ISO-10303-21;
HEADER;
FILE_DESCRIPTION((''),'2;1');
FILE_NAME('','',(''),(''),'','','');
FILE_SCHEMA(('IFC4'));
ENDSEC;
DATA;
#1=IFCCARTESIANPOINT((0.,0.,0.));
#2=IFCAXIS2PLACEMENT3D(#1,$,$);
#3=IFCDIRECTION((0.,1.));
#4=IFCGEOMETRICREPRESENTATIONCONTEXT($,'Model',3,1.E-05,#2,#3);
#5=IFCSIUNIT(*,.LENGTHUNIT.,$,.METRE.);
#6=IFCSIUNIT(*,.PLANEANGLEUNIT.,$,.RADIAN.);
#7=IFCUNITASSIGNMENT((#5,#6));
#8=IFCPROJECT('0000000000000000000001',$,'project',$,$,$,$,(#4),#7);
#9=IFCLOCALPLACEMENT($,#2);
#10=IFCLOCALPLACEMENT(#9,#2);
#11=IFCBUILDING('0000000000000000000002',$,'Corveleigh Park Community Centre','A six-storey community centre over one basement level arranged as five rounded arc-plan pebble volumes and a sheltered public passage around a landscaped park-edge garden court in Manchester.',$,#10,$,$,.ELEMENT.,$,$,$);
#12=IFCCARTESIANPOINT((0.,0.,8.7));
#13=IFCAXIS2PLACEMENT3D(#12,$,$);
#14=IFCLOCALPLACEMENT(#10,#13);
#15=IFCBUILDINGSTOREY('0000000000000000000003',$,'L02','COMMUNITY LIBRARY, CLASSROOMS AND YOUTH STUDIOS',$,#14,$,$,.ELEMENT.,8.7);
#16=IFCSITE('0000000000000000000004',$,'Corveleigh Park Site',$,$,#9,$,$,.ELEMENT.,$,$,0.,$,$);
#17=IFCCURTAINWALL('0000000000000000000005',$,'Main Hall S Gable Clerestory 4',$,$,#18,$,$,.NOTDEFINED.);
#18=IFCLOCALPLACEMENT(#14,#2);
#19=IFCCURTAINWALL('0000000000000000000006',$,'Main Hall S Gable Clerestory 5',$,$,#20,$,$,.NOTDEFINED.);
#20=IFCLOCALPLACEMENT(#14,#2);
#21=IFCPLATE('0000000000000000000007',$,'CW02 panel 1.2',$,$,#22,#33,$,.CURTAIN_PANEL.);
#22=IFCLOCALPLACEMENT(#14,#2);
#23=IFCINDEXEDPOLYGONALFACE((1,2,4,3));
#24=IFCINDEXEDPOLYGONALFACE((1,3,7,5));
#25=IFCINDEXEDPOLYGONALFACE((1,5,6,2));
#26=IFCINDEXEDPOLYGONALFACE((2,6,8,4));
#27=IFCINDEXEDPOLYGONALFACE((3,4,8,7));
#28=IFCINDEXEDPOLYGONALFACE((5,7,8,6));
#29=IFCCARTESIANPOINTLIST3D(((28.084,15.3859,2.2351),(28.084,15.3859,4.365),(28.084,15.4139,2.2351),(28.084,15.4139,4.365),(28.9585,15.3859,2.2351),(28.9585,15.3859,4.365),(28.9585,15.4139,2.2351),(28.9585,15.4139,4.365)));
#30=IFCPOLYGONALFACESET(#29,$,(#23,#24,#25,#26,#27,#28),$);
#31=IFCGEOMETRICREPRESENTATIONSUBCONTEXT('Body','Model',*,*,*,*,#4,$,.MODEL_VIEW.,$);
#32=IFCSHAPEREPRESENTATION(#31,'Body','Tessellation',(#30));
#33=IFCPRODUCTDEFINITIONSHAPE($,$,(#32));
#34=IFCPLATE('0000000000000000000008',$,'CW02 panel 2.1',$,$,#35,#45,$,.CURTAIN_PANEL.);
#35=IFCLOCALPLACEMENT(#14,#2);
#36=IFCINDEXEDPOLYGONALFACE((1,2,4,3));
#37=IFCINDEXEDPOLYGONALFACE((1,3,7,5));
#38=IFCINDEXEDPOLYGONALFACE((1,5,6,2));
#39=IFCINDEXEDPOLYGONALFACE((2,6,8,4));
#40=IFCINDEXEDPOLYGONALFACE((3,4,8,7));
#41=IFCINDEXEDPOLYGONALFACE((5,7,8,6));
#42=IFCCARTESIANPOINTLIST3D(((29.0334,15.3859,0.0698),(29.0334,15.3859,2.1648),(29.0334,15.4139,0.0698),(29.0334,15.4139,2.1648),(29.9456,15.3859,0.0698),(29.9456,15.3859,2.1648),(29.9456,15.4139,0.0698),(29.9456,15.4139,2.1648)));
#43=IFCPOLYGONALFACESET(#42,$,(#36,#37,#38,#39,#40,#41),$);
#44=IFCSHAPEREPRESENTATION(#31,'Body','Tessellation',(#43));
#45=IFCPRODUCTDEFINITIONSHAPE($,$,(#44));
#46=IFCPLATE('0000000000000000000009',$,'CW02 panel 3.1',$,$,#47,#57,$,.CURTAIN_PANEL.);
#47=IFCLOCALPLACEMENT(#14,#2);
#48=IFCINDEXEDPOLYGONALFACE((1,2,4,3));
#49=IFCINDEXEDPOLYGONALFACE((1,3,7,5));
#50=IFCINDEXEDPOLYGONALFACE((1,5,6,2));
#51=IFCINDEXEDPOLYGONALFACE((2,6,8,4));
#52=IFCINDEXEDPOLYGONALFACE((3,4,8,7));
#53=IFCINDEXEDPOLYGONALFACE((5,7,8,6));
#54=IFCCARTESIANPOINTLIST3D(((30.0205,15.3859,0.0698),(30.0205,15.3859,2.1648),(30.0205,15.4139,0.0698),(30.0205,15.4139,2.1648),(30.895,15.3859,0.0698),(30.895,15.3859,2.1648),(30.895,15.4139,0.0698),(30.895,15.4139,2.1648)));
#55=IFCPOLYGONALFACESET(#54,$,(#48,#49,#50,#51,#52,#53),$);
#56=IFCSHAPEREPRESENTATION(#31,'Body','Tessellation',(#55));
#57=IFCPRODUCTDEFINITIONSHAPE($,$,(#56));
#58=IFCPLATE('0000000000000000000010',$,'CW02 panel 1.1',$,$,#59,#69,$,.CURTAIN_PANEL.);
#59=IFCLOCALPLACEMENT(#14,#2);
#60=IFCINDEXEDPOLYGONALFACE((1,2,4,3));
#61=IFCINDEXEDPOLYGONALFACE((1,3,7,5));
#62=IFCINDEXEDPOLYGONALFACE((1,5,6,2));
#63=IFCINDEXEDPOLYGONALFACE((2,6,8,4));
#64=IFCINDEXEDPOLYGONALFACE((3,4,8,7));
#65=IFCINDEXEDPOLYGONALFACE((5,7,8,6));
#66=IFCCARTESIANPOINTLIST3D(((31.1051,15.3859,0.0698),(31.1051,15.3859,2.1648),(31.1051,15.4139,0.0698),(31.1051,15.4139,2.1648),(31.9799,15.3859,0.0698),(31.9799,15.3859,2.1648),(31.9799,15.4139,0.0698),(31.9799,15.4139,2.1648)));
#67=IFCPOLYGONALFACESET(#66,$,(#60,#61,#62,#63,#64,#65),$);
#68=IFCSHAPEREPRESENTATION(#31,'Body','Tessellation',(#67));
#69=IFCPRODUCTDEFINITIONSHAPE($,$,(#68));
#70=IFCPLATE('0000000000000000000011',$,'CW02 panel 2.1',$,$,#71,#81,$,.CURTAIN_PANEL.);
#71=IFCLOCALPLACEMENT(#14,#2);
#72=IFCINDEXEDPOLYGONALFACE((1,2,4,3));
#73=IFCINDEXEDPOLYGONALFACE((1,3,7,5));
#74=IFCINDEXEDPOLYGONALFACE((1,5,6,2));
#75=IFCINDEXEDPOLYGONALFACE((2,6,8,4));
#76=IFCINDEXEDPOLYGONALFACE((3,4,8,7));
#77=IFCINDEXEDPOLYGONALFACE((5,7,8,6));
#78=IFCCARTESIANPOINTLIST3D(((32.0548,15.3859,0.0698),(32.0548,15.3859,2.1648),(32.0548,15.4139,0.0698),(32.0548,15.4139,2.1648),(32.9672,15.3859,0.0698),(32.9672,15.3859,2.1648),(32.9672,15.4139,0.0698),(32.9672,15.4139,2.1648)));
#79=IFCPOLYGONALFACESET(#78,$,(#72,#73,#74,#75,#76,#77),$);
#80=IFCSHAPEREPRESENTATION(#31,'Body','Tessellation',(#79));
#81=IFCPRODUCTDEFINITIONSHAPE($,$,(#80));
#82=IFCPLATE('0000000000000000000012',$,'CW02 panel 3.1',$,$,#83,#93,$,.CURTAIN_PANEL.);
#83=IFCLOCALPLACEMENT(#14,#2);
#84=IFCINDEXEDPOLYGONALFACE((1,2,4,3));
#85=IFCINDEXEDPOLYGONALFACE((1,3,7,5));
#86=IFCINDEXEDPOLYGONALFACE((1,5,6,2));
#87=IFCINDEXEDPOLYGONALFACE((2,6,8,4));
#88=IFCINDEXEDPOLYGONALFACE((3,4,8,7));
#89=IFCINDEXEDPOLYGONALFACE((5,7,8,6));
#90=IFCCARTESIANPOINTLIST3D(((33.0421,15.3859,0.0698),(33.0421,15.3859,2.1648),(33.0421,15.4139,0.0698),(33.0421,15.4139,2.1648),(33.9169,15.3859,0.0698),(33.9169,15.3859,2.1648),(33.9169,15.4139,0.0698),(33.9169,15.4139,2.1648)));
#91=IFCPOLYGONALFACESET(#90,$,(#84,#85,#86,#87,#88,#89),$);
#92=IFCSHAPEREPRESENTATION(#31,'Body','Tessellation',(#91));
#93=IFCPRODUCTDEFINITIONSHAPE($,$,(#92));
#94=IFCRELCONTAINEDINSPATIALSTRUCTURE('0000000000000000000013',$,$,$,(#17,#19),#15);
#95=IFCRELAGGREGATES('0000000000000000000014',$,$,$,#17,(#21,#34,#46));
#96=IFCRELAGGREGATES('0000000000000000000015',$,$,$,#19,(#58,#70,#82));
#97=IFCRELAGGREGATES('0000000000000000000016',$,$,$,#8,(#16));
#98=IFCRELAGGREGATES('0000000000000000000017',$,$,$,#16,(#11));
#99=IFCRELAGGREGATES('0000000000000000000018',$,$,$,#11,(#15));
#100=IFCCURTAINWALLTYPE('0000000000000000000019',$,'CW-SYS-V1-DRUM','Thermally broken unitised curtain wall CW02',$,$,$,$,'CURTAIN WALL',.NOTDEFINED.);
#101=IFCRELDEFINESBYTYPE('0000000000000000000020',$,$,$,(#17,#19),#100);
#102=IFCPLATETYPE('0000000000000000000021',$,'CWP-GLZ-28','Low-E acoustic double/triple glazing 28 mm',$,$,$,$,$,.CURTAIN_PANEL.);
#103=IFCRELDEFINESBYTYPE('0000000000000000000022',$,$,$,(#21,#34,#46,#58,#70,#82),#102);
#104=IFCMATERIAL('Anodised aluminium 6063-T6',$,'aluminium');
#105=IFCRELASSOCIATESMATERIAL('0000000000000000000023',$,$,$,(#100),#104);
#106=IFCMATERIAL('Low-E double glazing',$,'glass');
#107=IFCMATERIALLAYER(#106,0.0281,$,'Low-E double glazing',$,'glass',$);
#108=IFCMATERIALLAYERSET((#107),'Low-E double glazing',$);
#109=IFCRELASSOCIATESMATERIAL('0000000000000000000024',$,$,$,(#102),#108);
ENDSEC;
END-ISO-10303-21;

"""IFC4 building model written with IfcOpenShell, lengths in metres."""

from ifc_helpers import new_model, si_unit, direction, frame, origin, origin_2d, place, context, subcontext, project, spatial, rectangle, extrude, material, layer, layer_set, type_object, element, aggregate, save


model = new_model("IFC4")

# Units and contexts
model_context = context("Model", 3, precision=1e-05, world=origin(), true_north=direction((0.0, 1.0)))
body_context = subcontext(model_context, "Body", "Model", "MODEL_VIEW")
ifc_project = project(units=[si_unit("LENGTHUNIT", "METRE"), si_unit("PLANEANGLEUNIT", "RADIAN")], contexts=[model_context])

# Site, building, storey
site_placement = place(None, origin())
site = spatial("IfcSite", under=ifc_project, at=site_placement, Name="Corveleigh Park Site", CompositionType="ELEMENT", RefElevation=0.0)
building_placement = place(site_placement, origin())
building = spatial("IfcBuilding", under=site, at=building_placement, Name="Corveleigh Park Community Centre", Description="A six-storey community centre over one basement level arranged as five rounded arc-plan pebble volumes and a sheltered public passage around a landscaped park-edge garden court in Manchester.", CompositionType="ELEMENT")
storey_placement = place(building_placement, frame((0.0, 0.0, 8.7)))
storey = spatial("IfcBuildingStorey", under=building, at=storey_placement, Name="L02", Description="COMMUNITY LIBRARY, CLASSROOMS AND YOUTH STUDIOS", CompositionType="ELEMENT", Elevation=8.7)

# Curtain walls
ifc_material_1 = material(Name="Anodised aluminium 6063-T6", Category="aluminium")
curtain_wall_type = type_object("IfcCurtainWallType", Name="CW-SYS-V1-DRUM", Description="Thermally broken unitised curtain wall CW02", ElementType="CURTAIN WALL", PredefinedType="NOTDEFINED", material=ifc_material_1)
curtain_wall_1_placement = place(storey_placement, origin())
curtain_wall_1 = element("IfcCurtainWall", 1, at=curtain_wall_1_placement, inside=storey, type_object=curtain_wall_type, Name="Main Hall S Gable Clerestory 4", PredefinedType="NOTDEFINED")
curtain_wall_2_placement = place(storey_placement, origin())
curtain_wall_2 = element("IfcCurtainWall", 2, at=curtain_wall_2_placement, inside=storey, type_object=curtain_wall_type, Name="Main Hall S Gable Clerestory 5", PredefinedType="NOTDEFINED")

# Plates
ifc_material_2 = material(Name="Low-E double glazing", Category="glass")
ifc_layer = layer(ifc_material_2, 0.0281, Name="Low-E double glazing", Category="glass")
ifc_layer_set = layer_set([ifc_layer], Name="Low-E double glazing")
plate_type = type_object("IfcPlateType", Name="CWP-GLZ-28", Description="Low-E acoustic double/triple glazing 28 mm", PredefinedType="CURTAIN_PANEL", material=ifc_layer_set)
plate_1_placement = place(storey_placement, frame((28.5212, 15.3999, 2.2351), z_axis=(0.0, 0.0, 1.0), x_axis=(1.0, 0.0, 0.0)))
plate_1 = element("IfcPlate", 3, at=plate_1_placement, type_object=plate_type, Name="CW02 panel 1.2", PredefinedType="CURTAIN_PANEL", context=body_context, shape_type="SweptSolid", body=[
    extrude(rectangle(XDim=0.8745, YDim=0.0281, at=origin_2d()), origin(), (0.0, 0.0, 1.0), 2.1299),
])
plate_2_placement = place(storey_placement, frame((29.4895, 15.3999, 0.0698), z_axis=(0.0, 0.0, 1.0), x_axis=(1.0, 0.0, 0.0)))
plate_2 = element("IfcPlate", 4, at=plate_2_placement, type_object=plate_type, Name="CW02 panel 2.1", PredefinedType="CURTAIN_PANEL", context=body_context, shape_type="SweptSolid", body=[
    extrude(rectangle(XDim=0.9121, YDim=0.0281, at=origin_2d()), origin(), (0.0, 0.0, 1.0), 2.095),
])
plate_3_placement = place(storey_placement, frame((30.4578, 15.3999, 0.0698), z_axis=(0.0, 0.0, 1.0), x_axis=(1.0, 0.0, 0.0)))
plate_3 = element("IfcPlate", 5, at=plate_3_placement, type_object=plate_type, Name="CW02 panel 3.1", PredefinedType="CURTAIN_PANEL", context=body_context, shape_type="SweptSolid", body=[
    extrude(rectangle(XDim=0.8745, YDim=0.0281, at=origin_2d()), origin(), (0.0, 0.0, 1.0), 2.095),
])
aggregate(curtain_wall_1, [plate_1, plate_2, plate_3])
plate_4_placement = place(storey_placement, frame((31.5425, 15.3999, 0.0698), z_axis=(0.0, 0.0, 1.0), x_axis=(1.0, 0.0, 0.0)))
plate_4 = element("IfcPlate", 6, at=plate_4_placement, type_object=plate_type, Name="CW02 panel 1.1", PredefinedType="CURTAIN_PANEL", context=body_context, shape_type="SweptSolid", body=[
    extrude(rectangle(XDim=0.8748, YDim=0.0281, at=origin_2d()), origin(), (0.0, 0.0, 1.0), 2.095),
])
plate_5_placement = place(storey_placement, frame((32.511, 15.3999, 0.0698), z_axis=(0.0, 0.0, 1.0), x_axis=(1.0, 0.0, 0.0)))
plate_5 = element("IfcPlate", 7, at=plate_5_placement, type_object=plate_type, Name="CW02 panel 2.1", PredefinedType="CURTAIN_PANEL", context=body_context, shape_type="SweptSolid", body=[
    extrude(rectangle(XDim=0.9124, YDim=0.0281, at=origin_2d()), origin(), (0.0, 0.0, 1.0), 2.095),
])
plate_6_placement = place(storey_placement, frame((33.4795, 15.3999, 0.0698), z_axis=(0.0, 0.0, 1.0), x_axis=(1.0, 0.0, 0.0)))
plate_6 = element("IfcPlate", 8, at=plate_6_placement, type_object=plate_type, Name="CW02 panel 3.1", PredefinedType="CURTAIN_PANEL", context=body_context, shape_type="SweptSolid", body=[
    extrude(rectangle(XDim=0.8748, YDim=0.0281, at=origin_2d()), origin(), (0.0, 0.0, 1.0), 2.095),
])
aggregate(curtain_wall_2, [plate_4, plate_5, plate_6])

save(model, "model.ifc")
